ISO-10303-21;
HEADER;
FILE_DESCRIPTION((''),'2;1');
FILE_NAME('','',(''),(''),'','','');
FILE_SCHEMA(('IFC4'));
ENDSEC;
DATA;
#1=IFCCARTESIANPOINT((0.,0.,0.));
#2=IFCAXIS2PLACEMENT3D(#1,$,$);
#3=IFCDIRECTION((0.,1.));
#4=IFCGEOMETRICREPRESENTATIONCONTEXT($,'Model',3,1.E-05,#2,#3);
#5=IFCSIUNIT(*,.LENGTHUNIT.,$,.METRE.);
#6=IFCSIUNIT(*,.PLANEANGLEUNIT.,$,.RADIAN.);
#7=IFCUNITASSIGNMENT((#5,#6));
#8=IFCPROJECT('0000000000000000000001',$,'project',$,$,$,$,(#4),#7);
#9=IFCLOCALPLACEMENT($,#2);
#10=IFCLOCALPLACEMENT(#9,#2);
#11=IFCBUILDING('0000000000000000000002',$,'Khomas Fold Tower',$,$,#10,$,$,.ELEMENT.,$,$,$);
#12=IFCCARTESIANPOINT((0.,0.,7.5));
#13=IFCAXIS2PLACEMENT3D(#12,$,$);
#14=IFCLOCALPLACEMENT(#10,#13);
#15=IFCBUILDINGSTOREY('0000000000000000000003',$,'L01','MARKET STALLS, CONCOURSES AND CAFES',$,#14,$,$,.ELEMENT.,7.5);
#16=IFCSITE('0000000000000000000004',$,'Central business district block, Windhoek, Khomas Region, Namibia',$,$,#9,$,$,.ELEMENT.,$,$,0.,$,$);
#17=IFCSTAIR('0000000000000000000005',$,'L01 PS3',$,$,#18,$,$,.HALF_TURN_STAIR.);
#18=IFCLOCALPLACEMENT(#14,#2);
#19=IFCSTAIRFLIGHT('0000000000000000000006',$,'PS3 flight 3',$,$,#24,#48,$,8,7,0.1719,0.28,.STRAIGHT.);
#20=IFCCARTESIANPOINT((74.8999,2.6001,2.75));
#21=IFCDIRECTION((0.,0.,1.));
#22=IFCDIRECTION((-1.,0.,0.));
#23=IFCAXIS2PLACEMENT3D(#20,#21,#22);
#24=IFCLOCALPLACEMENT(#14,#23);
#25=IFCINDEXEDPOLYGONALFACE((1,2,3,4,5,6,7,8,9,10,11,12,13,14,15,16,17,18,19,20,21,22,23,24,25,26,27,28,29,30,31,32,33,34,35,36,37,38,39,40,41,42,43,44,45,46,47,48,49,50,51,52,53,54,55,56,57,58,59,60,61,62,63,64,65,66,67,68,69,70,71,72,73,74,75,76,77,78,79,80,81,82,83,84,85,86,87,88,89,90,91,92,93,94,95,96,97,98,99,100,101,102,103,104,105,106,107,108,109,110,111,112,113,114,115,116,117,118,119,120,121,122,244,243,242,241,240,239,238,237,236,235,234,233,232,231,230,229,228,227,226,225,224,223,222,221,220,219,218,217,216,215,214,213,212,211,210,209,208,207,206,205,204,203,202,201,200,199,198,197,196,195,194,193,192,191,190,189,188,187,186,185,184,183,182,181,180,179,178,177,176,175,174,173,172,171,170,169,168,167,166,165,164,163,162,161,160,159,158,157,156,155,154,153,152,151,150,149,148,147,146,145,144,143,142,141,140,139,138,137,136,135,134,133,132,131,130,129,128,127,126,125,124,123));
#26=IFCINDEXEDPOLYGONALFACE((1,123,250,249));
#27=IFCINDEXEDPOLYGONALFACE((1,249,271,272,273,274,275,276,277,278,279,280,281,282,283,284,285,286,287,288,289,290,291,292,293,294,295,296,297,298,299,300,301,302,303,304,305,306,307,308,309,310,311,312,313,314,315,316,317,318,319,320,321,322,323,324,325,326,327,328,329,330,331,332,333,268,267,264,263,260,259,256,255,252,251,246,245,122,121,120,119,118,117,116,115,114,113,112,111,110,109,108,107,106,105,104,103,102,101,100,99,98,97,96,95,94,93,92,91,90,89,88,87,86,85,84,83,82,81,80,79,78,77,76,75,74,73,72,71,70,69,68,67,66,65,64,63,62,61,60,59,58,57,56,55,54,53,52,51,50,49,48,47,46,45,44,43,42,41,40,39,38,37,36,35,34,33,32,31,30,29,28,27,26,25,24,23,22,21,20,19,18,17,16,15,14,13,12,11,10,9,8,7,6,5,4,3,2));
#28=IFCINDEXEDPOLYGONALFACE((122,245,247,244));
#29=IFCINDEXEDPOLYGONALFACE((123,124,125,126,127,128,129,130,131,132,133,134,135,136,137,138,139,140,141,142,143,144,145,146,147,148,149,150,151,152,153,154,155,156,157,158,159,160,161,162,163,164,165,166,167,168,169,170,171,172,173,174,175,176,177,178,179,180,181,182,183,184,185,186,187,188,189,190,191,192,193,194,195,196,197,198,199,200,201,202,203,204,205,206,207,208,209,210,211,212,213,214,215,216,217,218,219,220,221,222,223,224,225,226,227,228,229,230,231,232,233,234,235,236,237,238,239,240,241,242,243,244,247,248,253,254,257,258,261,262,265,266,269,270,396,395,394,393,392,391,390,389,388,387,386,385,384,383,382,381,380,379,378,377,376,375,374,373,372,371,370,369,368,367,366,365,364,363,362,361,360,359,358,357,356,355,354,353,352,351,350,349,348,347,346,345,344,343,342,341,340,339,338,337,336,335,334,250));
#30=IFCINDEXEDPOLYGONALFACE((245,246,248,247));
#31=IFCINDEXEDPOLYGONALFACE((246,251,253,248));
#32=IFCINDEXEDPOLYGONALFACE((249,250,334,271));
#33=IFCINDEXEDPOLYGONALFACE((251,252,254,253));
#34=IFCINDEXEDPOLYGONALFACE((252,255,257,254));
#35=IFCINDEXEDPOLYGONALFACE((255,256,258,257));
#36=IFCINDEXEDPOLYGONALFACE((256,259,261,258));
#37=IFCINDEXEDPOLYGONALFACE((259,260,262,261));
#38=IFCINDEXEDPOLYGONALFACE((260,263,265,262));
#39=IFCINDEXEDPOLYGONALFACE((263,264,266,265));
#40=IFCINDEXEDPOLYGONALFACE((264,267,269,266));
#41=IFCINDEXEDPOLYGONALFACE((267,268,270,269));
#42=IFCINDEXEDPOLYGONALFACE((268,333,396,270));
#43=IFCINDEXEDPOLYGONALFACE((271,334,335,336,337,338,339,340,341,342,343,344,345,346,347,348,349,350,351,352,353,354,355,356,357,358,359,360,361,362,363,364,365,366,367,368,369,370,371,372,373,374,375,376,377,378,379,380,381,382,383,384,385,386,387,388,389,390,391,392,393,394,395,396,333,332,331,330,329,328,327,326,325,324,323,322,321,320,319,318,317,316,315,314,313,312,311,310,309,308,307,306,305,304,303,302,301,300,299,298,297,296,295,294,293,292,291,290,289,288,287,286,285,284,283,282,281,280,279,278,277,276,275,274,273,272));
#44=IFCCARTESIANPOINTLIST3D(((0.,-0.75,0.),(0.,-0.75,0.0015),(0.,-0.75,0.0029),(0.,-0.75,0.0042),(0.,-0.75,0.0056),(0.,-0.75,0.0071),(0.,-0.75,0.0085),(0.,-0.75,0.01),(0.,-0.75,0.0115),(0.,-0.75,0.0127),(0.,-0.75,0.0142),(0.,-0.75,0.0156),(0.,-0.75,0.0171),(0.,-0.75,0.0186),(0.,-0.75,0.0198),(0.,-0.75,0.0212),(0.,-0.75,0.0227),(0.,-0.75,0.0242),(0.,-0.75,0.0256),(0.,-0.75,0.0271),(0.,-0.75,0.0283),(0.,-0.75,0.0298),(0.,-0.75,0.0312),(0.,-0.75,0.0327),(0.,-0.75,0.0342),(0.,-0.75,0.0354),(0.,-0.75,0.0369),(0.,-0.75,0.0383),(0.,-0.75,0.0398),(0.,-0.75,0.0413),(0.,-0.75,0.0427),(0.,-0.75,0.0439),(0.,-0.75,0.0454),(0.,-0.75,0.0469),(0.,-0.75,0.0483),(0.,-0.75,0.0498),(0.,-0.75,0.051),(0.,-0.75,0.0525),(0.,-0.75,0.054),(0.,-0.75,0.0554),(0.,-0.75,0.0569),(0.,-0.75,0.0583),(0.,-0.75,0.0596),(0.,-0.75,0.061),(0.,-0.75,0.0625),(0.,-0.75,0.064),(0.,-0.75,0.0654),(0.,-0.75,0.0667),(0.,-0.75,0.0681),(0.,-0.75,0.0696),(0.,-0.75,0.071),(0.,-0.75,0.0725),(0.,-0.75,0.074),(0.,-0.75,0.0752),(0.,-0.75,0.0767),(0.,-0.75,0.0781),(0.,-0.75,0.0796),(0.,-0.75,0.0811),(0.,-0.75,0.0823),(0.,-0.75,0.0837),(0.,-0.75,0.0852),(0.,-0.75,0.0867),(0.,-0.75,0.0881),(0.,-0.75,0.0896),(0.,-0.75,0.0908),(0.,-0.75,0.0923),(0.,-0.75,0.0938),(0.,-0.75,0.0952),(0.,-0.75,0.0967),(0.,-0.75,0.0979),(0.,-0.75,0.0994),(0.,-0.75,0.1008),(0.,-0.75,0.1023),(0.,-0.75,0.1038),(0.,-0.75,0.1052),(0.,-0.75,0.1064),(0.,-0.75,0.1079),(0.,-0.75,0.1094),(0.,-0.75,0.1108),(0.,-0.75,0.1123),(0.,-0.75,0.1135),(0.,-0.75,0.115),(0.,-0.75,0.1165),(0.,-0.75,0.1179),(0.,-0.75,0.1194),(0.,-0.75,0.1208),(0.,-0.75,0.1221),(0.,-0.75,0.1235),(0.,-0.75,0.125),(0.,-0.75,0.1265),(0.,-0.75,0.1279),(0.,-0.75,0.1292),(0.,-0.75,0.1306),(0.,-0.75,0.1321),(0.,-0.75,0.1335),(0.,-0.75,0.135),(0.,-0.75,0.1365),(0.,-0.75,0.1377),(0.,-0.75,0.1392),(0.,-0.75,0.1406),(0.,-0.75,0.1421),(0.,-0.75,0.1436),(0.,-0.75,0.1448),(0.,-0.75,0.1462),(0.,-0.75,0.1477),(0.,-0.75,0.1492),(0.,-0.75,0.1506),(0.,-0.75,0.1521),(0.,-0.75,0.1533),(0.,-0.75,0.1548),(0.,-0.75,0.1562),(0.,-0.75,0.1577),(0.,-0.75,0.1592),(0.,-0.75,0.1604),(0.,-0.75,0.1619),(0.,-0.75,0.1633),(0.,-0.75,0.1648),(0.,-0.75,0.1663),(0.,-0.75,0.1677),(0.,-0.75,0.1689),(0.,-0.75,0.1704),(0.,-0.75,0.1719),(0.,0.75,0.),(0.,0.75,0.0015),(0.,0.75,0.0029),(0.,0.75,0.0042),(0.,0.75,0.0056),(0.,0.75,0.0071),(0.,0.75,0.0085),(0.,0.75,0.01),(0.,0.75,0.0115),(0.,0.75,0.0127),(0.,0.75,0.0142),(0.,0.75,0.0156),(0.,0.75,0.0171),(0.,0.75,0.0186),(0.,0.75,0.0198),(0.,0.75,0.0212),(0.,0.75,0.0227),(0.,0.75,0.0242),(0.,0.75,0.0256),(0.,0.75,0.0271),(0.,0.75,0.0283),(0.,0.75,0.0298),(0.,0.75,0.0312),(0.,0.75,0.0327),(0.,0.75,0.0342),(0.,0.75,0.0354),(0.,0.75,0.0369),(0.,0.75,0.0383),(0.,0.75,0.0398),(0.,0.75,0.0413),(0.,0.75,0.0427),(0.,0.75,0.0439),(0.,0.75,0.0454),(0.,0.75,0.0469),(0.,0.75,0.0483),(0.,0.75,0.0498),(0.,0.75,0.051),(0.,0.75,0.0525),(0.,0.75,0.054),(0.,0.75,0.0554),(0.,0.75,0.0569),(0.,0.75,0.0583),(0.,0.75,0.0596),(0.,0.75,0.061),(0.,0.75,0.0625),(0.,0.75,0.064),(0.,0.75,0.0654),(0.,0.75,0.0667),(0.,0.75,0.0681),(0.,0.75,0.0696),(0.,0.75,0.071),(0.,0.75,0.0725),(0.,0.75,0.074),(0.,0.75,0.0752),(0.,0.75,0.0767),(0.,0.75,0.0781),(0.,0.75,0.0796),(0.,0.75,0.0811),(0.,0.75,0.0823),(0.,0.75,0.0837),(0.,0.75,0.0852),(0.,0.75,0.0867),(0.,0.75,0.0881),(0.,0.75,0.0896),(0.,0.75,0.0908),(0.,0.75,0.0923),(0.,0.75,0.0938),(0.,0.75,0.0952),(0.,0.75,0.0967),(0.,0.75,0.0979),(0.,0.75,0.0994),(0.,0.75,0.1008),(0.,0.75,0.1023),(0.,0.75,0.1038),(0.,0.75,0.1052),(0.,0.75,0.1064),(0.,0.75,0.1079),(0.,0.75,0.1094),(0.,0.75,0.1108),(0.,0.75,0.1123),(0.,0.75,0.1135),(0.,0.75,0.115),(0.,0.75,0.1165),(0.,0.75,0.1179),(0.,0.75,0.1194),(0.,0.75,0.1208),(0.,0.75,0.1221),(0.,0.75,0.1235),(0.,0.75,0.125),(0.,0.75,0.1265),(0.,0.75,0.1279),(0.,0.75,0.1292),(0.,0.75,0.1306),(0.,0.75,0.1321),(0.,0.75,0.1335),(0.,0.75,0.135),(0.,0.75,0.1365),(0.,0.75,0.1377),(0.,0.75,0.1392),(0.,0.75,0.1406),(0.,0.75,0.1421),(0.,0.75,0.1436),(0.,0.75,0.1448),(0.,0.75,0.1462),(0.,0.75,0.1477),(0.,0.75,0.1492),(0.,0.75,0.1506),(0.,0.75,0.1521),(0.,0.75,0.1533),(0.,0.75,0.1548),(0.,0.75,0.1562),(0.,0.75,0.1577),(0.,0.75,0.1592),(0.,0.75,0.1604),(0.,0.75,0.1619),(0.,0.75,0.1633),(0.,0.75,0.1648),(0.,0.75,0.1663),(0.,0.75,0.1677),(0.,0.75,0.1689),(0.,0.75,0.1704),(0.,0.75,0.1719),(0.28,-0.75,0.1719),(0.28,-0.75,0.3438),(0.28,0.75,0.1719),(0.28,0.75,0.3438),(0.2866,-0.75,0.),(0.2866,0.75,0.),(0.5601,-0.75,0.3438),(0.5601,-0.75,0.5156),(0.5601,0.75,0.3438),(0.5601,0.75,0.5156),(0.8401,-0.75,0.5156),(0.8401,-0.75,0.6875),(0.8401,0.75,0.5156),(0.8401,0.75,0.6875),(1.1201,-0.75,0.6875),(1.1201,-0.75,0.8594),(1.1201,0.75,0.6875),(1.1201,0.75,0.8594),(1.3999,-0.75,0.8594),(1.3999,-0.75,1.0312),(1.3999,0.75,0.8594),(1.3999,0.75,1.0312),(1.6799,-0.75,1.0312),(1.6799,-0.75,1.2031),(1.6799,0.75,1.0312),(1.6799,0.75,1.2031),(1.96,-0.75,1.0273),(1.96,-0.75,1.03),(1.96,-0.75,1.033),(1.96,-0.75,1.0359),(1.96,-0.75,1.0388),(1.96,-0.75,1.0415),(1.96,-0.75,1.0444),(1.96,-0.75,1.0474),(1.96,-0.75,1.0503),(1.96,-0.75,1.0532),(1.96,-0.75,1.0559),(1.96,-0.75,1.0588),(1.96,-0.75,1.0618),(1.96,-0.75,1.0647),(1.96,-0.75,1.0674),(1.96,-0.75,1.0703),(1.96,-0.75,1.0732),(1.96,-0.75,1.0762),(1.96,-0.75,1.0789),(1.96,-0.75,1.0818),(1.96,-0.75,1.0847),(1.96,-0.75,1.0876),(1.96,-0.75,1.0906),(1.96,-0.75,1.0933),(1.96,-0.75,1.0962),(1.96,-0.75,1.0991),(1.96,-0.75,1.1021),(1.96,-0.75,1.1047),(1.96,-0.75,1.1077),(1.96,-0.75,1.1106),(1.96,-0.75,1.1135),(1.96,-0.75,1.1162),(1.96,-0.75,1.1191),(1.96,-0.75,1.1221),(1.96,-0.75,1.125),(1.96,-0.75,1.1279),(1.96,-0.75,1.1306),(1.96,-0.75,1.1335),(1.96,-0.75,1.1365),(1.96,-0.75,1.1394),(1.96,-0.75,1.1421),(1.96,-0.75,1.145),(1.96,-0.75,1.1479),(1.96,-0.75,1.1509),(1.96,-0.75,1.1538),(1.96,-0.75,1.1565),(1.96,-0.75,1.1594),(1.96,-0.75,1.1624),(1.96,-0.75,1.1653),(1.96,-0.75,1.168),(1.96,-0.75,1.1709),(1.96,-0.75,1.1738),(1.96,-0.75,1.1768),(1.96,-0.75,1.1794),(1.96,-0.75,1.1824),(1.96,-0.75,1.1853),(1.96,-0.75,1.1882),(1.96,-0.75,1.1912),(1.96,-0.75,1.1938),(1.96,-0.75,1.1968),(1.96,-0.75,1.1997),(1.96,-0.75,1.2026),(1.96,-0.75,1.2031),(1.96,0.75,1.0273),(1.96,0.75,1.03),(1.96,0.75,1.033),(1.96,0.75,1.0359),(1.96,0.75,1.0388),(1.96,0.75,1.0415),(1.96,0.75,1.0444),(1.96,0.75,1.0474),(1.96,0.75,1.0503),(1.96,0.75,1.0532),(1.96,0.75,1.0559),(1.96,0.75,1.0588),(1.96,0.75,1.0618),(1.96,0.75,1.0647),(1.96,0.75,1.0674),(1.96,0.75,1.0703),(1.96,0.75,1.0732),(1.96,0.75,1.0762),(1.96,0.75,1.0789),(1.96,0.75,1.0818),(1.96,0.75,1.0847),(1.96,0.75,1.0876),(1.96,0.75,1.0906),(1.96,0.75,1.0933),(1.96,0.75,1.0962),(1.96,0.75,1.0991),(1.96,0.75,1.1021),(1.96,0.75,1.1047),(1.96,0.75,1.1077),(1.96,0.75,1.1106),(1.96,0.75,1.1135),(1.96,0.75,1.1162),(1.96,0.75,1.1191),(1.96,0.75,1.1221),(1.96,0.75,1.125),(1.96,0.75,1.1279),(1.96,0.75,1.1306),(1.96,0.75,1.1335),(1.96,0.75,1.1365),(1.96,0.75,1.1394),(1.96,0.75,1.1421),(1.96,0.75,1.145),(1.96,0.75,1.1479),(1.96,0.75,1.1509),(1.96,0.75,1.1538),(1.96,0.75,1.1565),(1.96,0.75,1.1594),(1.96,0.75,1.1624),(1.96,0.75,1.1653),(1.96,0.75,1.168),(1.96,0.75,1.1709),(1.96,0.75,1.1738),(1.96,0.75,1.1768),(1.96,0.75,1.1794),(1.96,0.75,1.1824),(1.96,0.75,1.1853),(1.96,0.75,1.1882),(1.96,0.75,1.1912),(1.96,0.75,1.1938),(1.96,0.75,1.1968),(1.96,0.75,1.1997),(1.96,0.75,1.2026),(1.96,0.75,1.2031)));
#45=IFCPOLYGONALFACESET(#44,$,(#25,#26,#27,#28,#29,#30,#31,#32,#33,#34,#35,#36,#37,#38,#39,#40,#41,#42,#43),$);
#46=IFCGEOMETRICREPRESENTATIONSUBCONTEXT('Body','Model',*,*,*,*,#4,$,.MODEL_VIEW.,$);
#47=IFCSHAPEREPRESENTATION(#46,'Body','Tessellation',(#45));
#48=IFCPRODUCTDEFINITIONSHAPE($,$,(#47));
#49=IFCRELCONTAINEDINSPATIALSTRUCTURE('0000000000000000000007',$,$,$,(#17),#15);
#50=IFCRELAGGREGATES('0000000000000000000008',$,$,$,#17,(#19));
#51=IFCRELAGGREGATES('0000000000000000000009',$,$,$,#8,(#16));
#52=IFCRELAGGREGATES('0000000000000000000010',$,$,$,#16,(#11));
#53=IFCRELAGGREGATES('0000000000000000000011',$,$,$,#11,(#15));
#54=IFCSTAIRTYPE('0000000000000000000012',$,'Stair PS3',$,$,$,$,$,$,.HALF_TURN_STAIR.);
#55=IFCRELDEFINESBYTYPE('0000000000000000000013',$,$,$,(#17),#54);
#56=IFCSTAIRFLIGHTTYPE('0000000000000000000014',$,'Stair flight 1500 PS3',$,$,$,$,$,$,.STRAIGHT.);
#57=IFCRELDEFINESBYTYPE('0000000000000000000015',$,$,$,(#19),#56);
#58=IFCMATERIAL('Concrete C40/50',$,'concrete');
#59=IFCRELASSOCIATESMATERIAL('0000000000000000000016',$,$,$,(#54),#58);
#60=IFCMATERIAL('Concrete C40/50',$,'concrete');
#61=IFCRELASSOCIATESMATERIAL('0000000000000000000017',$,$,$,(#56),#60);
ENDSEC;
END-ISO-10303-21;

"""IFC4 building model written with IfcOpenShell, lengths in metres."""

from ifc_helpers import new_model, si_unit, direction, frame, origin, place, context, subcontext, project, spatial, polyline, outline, extrude, source, transform, mapped, material, type_object, element, aggregate, save


model = new_model("IFC4")

# Units and contexts
model_context = context("Model", 3, precision=1e-05, world=origin(), true_north=direction((0.0, 1.0)))
body_context = subcontext(model_context, "Body", "Model", "MODEL_VIEW")
ifc_project = project(units=[si_unit("LENGTHUNIT", "METRE"), si_unit("PLANEANGLEUNIT", "RADIAN")], contexts=[model_context])

# Site, building, storey
site_placement = place(None, origin())
site = spatial("IfcSite", under=ifc_project, at=site_placement, Name="Central business district block, Windhoek, Khomas Region, Namibia", CompositionType="ELEMENT", RefElevation=0.0)
building_placement = place(site_placement, origin())
building = spatial("IfcBuilding", under=site, at=building_placement, Name="Khomas Fold Tower", CompositionType="ELEMENT")
storey_placement = place(building_placement, frame((0.0, 0.0, 7.5)))
storey = spatial("IfcBuildingStorey", under=building, at=storey_placement, Name="L01", Description="MARKET STALLS, CONCOURSES AND CAFES", CompositionType="ELEMENT", Elevation=7.5)

# Stair, stair flight
ifc_material_1 = material(Name="Concrete C40/50", Category="concrete")
stair_type_1 = type_object("IfcStairType", Name="Stair PS3", PredefinedType="HALF_TURN_STAIR", material=ifc_material_1)
stair_1_placement = place(storey_placement, origin())
stair_1 = element("IfcStair", 1, at=stair_1_placement, inside=storey, type_object=stair_type_1, Name="L01 PS3", PredefinedType="HALF_TURN_STAIR")
ifc_material_2 = material(Name="Concrete C40/50", Category="concrete")
stair_flight_type_1 = type_object("IfcStairFlightType", Name="Stair flight 1500 PS3", PredefinedType="STRAIGHT", material=ifc_material_2)
shared_shape_1 = source(origin(), body_context, "Body", "SweptSolid", [
    extrude(outline(polyline([(0.0, 0.0), (0.0, 0.0015), (0.0, 0.0029), (0.0, 0.0042), (0.0, 0.0056), (0.0, 0.0071), (0.0, 0.0085), (0.0, 0.01), (0.0, 0.0115), (0.0, 0.0127), (0.0, 0.0142), (0.0, 0.0156), (0.0, 0.0171), (0.0, 0.0186), (0.0, 0.0198), (0.0, 0.0212), (0.0, 0.0227), (0.0, 0.0242), (0.0, 0.0256), (0.0, 0.0271), (0.0, 0.0283), (0.0, 0.0298), (0.0, 0.0312), (0.0, 0.0327), (0.0, 0.0342), (0.0, 0.0354), (0.0, 0.0369), (0.0, 0.0383), (0.0, 0.0398), (0.0, 0.0413), (0.0, 0.0427), (0.0, 0.0439), (0.0, 0.0454), (0.0, 0.0469), (0.0, 0.0483), (0.0, 0.0498), (0.0, 0.051), (0.0, 0.0525), (0.0, 0.054), (0.0, 0.0554), (0.0, 0.0569), (0.0, 0.0583), (0.0, 0.0596), (0.0, 0.061), (0.0, 0.0625), (0.0, 0.064), (0.0, 0.0654), (0.0, 0.0667), (0.0, 0.0681), (0.0, 0.0696), (0.0, 0.071), (0.0, 0.0725), (0.0, 0.074), (0.0, 0.0752), (0.0, 0.0767), (0.0, 0.0781), (0.0, 0.0796), (0.0, 0.0811), (0.0, 0.0823), (0.0, 0.0837), (0.0, 0.0852), (0.0, 0.0867), (0.0, 0.0881), (0.0, 0.0896), (0.0, 0.0908), (0.0, 0.0923), (0.0, 0.0938), (0.0, 0.0952), (0.0, 0.0967), (0.0, 0.0979), (0.0, 0.0994), (0.0, 0.1008), (0.0, 0.1023), (0.0, 0.1038), (0.0, 0.1052), (0.0, 0.1064), (0.0, 0.1079), (0.0, 0.1094), (0.0, 0.1108), (0.0, 0.1123), (0.0, 0.1135), (0.0, 0.115), (0.0, 0.1165), (0.0, 0.1179), (0.0, 0.1194), (0.0, 0.1208), (0.0, 0.1221), (0.0, 0.1235), (0.0, 0.125), (0.0, 0.1265), (0.0, 0.1279), (0.0, 0.1292), (0.0, 0.1306), (0.0, 0.1321), (0.0, 0.1335), (0.0, 0.135), (0.0, 0.1365), (0.0, 0.1377), (0.0, 0.1392), (0.0, 0.1406), (0.0, 0.1421), (0.0, 0.1436), (0.0, 0.1448), (0.0, 0.1462), (0.0, 0.1477), (0.0, 0.1492), (0.0, 0.1506), (0.0, 0.1521), (0.0, 0.1533), (0.0, 0.1548), (0.0, 0.1562), (0.0, 0.1577), (0.0, 0.1592), (0.0, 0.1604), (0.0, 0.1619), (0.0, 0.1633), (0.0, 0.1648), (0.0, 0.1663), (0.0, 0.1677), (0.0, 0.1689), (0.0, 0.1704), (0.0, 0.1719), (0.28, 0.1719), (0.28, 0.3438), (0.5601, 0.3438), (0.5601, 0.5156), (0.8401, 0.5156), (0.8401, 0.6875), (1.1201, 0.6875), (1.1201, 0.8594), (1.3999, 0.8594), (1.3999, 1.0312), (1.6799, 1.0312), (1.6799, 1.2031), (1.96, 1.2031), (1.96, 1.375), (1.96, 1.3721), (1.96, 1.3691), (1.96, 1.3665), (1.96, 1.3635), (1.96, 1.3606), (1.96, 1.3577), (1.96, 1.355), (1.96, 1.3521), (1.96, 1.3491), (1.96, 1.3462), (1.96, 1.3435), (1.96, 1.3406), (1.96, 1.3376), (1.96, 1.3347), (1.96, 1.3318), (1.96, 1.3291), (1.96, 1.3262), (1.96, 1.3232), (1.96, 1.3203), (1.96, 1.3176), (1.96, 1.3147), (1.96, 1.3118), (1.96, 1.3088), (1.96, 1.3059), (1.96, 1.3032), (1.96, 1.3003), (1.96, 1.2974), (1.96, 1.2944), (1.96, 1.2917), (1.96, 1.2888), (1.96, 1.2859), (1.96, 1.283), (1.96, 1.2803), (1.96, 1.2773), (1.96, 1.2744), (1.96, 1.2715), (1.96, 1.2686), (1.96, 1.2659), (1.96, 1.2629), (1.96, 1.26), (1.96, 1.2571), (1.96, 1.2544), (1.96, 1.2515), (1.96, 1.2485), (1.96, 1.2456), (1.96, 1.2427), (1.96, 1.24), (1.96, 1.2371), (1.96, 1.2341), (1.96, 1.2312), (1.96, 1.2285), (1.96, 1.2256), (1.96, 1.2227), (1.96, 1.2197), (1.96, 1.217), (1.96, 1.2141), (1.96, 1.2112), (1.96, 1.2083), (1.96, 1.2053), (1.96, 1.2026), (1.96, 1.1997), (1.96, 1.1968), (1.96, 1.1938), (1.96, 1.1912), (1.96, 1.1882), (1.96, 1.1853), (1.96, 1.1824), (1.96, 1.1794), (1.96, 1.1768), (1.96, 1.1738), (1.96, 1.1709), (1.96, 1.168), (1.96, 1.1653), (1.96, 1.1624), (1.96, 1.1594), (1.96, 1.1565), (1.96, 1.1538), (1.96, 1.1509), (1.96, 1.1479), (1.96, 1.145), (1.96, 1.1421), (1.96, 1.1394), (1.96, 1.1365), (1.96, 1.1335), (1.96, 1.1306), (1.96, 1.1279), (1.96, 1.125), (1.96, 1.1221), (1.96, 1.1191), (1.96, 1.1162), (1.96, 1.1135), (1.96, 1.1106), (1.96, 1.1077), (1.96, 1.1047), (1.96, 1.1021), (1.96, 1.0991), (1.96, 1.0962), (1.96, 1.0933), (1.96, 1.0906), (1.96, 1.0876), (1.96, 1.0847), (1.96, 1.0818), (1.96, 1.0789), (1.96, 1.0762), (1.96, 1.0732), (1.96, 1.0703), (1.96, 1.0674), (1.96, 1.0647), (1.96, 1.0618), (1.96, 1.0588), (1.96, 1.0559), (1.96, 1.0532), (1.96, 1.0503), (1.96, 1.0474), (1.96, 1.0444), (1.96, 1.0415), (1.96, 1.0388), (1.96, 1.0359), (1.96, 1.033), (1.96, 1.03), (1.96, 1.0273), (0.2866, 0.0), (0.0, 0.0)])), frame((0.0, 0.75, 0.0), z_axis=(0.0, -1.0, 0.0), x_axis=(1.0, 0.0, 0.0)), (0.0, 0.0, 1.0), 1.5),
])
stair_flight_1_placement = place(storey_placement, frame((74.8999, 2.6001, 2.75), z_axis=(0.0, 0.0, 1.0), x_axis=(-1.0, 0.0, 0.0)))
stair_flight_1 = element("IfcStairFlight", 2, at=stair_flight_1_placement, type_object=stair_flight_type_1, Name="PS3 flight 3", NumberOfRisers=8, NumberOfTreads=7, PredefinedType="STRAIGHT", RiserHeight=0.1719, TreadLength=0.28, context=body_context, shape_type="MappedRepresentation", body=[
    mapped(shared_shape_1, transform((0.0, 0.0, 0.0))),
])
aggregate(stair_1, [stair_flight_1])

save(model, "model.ifc")
